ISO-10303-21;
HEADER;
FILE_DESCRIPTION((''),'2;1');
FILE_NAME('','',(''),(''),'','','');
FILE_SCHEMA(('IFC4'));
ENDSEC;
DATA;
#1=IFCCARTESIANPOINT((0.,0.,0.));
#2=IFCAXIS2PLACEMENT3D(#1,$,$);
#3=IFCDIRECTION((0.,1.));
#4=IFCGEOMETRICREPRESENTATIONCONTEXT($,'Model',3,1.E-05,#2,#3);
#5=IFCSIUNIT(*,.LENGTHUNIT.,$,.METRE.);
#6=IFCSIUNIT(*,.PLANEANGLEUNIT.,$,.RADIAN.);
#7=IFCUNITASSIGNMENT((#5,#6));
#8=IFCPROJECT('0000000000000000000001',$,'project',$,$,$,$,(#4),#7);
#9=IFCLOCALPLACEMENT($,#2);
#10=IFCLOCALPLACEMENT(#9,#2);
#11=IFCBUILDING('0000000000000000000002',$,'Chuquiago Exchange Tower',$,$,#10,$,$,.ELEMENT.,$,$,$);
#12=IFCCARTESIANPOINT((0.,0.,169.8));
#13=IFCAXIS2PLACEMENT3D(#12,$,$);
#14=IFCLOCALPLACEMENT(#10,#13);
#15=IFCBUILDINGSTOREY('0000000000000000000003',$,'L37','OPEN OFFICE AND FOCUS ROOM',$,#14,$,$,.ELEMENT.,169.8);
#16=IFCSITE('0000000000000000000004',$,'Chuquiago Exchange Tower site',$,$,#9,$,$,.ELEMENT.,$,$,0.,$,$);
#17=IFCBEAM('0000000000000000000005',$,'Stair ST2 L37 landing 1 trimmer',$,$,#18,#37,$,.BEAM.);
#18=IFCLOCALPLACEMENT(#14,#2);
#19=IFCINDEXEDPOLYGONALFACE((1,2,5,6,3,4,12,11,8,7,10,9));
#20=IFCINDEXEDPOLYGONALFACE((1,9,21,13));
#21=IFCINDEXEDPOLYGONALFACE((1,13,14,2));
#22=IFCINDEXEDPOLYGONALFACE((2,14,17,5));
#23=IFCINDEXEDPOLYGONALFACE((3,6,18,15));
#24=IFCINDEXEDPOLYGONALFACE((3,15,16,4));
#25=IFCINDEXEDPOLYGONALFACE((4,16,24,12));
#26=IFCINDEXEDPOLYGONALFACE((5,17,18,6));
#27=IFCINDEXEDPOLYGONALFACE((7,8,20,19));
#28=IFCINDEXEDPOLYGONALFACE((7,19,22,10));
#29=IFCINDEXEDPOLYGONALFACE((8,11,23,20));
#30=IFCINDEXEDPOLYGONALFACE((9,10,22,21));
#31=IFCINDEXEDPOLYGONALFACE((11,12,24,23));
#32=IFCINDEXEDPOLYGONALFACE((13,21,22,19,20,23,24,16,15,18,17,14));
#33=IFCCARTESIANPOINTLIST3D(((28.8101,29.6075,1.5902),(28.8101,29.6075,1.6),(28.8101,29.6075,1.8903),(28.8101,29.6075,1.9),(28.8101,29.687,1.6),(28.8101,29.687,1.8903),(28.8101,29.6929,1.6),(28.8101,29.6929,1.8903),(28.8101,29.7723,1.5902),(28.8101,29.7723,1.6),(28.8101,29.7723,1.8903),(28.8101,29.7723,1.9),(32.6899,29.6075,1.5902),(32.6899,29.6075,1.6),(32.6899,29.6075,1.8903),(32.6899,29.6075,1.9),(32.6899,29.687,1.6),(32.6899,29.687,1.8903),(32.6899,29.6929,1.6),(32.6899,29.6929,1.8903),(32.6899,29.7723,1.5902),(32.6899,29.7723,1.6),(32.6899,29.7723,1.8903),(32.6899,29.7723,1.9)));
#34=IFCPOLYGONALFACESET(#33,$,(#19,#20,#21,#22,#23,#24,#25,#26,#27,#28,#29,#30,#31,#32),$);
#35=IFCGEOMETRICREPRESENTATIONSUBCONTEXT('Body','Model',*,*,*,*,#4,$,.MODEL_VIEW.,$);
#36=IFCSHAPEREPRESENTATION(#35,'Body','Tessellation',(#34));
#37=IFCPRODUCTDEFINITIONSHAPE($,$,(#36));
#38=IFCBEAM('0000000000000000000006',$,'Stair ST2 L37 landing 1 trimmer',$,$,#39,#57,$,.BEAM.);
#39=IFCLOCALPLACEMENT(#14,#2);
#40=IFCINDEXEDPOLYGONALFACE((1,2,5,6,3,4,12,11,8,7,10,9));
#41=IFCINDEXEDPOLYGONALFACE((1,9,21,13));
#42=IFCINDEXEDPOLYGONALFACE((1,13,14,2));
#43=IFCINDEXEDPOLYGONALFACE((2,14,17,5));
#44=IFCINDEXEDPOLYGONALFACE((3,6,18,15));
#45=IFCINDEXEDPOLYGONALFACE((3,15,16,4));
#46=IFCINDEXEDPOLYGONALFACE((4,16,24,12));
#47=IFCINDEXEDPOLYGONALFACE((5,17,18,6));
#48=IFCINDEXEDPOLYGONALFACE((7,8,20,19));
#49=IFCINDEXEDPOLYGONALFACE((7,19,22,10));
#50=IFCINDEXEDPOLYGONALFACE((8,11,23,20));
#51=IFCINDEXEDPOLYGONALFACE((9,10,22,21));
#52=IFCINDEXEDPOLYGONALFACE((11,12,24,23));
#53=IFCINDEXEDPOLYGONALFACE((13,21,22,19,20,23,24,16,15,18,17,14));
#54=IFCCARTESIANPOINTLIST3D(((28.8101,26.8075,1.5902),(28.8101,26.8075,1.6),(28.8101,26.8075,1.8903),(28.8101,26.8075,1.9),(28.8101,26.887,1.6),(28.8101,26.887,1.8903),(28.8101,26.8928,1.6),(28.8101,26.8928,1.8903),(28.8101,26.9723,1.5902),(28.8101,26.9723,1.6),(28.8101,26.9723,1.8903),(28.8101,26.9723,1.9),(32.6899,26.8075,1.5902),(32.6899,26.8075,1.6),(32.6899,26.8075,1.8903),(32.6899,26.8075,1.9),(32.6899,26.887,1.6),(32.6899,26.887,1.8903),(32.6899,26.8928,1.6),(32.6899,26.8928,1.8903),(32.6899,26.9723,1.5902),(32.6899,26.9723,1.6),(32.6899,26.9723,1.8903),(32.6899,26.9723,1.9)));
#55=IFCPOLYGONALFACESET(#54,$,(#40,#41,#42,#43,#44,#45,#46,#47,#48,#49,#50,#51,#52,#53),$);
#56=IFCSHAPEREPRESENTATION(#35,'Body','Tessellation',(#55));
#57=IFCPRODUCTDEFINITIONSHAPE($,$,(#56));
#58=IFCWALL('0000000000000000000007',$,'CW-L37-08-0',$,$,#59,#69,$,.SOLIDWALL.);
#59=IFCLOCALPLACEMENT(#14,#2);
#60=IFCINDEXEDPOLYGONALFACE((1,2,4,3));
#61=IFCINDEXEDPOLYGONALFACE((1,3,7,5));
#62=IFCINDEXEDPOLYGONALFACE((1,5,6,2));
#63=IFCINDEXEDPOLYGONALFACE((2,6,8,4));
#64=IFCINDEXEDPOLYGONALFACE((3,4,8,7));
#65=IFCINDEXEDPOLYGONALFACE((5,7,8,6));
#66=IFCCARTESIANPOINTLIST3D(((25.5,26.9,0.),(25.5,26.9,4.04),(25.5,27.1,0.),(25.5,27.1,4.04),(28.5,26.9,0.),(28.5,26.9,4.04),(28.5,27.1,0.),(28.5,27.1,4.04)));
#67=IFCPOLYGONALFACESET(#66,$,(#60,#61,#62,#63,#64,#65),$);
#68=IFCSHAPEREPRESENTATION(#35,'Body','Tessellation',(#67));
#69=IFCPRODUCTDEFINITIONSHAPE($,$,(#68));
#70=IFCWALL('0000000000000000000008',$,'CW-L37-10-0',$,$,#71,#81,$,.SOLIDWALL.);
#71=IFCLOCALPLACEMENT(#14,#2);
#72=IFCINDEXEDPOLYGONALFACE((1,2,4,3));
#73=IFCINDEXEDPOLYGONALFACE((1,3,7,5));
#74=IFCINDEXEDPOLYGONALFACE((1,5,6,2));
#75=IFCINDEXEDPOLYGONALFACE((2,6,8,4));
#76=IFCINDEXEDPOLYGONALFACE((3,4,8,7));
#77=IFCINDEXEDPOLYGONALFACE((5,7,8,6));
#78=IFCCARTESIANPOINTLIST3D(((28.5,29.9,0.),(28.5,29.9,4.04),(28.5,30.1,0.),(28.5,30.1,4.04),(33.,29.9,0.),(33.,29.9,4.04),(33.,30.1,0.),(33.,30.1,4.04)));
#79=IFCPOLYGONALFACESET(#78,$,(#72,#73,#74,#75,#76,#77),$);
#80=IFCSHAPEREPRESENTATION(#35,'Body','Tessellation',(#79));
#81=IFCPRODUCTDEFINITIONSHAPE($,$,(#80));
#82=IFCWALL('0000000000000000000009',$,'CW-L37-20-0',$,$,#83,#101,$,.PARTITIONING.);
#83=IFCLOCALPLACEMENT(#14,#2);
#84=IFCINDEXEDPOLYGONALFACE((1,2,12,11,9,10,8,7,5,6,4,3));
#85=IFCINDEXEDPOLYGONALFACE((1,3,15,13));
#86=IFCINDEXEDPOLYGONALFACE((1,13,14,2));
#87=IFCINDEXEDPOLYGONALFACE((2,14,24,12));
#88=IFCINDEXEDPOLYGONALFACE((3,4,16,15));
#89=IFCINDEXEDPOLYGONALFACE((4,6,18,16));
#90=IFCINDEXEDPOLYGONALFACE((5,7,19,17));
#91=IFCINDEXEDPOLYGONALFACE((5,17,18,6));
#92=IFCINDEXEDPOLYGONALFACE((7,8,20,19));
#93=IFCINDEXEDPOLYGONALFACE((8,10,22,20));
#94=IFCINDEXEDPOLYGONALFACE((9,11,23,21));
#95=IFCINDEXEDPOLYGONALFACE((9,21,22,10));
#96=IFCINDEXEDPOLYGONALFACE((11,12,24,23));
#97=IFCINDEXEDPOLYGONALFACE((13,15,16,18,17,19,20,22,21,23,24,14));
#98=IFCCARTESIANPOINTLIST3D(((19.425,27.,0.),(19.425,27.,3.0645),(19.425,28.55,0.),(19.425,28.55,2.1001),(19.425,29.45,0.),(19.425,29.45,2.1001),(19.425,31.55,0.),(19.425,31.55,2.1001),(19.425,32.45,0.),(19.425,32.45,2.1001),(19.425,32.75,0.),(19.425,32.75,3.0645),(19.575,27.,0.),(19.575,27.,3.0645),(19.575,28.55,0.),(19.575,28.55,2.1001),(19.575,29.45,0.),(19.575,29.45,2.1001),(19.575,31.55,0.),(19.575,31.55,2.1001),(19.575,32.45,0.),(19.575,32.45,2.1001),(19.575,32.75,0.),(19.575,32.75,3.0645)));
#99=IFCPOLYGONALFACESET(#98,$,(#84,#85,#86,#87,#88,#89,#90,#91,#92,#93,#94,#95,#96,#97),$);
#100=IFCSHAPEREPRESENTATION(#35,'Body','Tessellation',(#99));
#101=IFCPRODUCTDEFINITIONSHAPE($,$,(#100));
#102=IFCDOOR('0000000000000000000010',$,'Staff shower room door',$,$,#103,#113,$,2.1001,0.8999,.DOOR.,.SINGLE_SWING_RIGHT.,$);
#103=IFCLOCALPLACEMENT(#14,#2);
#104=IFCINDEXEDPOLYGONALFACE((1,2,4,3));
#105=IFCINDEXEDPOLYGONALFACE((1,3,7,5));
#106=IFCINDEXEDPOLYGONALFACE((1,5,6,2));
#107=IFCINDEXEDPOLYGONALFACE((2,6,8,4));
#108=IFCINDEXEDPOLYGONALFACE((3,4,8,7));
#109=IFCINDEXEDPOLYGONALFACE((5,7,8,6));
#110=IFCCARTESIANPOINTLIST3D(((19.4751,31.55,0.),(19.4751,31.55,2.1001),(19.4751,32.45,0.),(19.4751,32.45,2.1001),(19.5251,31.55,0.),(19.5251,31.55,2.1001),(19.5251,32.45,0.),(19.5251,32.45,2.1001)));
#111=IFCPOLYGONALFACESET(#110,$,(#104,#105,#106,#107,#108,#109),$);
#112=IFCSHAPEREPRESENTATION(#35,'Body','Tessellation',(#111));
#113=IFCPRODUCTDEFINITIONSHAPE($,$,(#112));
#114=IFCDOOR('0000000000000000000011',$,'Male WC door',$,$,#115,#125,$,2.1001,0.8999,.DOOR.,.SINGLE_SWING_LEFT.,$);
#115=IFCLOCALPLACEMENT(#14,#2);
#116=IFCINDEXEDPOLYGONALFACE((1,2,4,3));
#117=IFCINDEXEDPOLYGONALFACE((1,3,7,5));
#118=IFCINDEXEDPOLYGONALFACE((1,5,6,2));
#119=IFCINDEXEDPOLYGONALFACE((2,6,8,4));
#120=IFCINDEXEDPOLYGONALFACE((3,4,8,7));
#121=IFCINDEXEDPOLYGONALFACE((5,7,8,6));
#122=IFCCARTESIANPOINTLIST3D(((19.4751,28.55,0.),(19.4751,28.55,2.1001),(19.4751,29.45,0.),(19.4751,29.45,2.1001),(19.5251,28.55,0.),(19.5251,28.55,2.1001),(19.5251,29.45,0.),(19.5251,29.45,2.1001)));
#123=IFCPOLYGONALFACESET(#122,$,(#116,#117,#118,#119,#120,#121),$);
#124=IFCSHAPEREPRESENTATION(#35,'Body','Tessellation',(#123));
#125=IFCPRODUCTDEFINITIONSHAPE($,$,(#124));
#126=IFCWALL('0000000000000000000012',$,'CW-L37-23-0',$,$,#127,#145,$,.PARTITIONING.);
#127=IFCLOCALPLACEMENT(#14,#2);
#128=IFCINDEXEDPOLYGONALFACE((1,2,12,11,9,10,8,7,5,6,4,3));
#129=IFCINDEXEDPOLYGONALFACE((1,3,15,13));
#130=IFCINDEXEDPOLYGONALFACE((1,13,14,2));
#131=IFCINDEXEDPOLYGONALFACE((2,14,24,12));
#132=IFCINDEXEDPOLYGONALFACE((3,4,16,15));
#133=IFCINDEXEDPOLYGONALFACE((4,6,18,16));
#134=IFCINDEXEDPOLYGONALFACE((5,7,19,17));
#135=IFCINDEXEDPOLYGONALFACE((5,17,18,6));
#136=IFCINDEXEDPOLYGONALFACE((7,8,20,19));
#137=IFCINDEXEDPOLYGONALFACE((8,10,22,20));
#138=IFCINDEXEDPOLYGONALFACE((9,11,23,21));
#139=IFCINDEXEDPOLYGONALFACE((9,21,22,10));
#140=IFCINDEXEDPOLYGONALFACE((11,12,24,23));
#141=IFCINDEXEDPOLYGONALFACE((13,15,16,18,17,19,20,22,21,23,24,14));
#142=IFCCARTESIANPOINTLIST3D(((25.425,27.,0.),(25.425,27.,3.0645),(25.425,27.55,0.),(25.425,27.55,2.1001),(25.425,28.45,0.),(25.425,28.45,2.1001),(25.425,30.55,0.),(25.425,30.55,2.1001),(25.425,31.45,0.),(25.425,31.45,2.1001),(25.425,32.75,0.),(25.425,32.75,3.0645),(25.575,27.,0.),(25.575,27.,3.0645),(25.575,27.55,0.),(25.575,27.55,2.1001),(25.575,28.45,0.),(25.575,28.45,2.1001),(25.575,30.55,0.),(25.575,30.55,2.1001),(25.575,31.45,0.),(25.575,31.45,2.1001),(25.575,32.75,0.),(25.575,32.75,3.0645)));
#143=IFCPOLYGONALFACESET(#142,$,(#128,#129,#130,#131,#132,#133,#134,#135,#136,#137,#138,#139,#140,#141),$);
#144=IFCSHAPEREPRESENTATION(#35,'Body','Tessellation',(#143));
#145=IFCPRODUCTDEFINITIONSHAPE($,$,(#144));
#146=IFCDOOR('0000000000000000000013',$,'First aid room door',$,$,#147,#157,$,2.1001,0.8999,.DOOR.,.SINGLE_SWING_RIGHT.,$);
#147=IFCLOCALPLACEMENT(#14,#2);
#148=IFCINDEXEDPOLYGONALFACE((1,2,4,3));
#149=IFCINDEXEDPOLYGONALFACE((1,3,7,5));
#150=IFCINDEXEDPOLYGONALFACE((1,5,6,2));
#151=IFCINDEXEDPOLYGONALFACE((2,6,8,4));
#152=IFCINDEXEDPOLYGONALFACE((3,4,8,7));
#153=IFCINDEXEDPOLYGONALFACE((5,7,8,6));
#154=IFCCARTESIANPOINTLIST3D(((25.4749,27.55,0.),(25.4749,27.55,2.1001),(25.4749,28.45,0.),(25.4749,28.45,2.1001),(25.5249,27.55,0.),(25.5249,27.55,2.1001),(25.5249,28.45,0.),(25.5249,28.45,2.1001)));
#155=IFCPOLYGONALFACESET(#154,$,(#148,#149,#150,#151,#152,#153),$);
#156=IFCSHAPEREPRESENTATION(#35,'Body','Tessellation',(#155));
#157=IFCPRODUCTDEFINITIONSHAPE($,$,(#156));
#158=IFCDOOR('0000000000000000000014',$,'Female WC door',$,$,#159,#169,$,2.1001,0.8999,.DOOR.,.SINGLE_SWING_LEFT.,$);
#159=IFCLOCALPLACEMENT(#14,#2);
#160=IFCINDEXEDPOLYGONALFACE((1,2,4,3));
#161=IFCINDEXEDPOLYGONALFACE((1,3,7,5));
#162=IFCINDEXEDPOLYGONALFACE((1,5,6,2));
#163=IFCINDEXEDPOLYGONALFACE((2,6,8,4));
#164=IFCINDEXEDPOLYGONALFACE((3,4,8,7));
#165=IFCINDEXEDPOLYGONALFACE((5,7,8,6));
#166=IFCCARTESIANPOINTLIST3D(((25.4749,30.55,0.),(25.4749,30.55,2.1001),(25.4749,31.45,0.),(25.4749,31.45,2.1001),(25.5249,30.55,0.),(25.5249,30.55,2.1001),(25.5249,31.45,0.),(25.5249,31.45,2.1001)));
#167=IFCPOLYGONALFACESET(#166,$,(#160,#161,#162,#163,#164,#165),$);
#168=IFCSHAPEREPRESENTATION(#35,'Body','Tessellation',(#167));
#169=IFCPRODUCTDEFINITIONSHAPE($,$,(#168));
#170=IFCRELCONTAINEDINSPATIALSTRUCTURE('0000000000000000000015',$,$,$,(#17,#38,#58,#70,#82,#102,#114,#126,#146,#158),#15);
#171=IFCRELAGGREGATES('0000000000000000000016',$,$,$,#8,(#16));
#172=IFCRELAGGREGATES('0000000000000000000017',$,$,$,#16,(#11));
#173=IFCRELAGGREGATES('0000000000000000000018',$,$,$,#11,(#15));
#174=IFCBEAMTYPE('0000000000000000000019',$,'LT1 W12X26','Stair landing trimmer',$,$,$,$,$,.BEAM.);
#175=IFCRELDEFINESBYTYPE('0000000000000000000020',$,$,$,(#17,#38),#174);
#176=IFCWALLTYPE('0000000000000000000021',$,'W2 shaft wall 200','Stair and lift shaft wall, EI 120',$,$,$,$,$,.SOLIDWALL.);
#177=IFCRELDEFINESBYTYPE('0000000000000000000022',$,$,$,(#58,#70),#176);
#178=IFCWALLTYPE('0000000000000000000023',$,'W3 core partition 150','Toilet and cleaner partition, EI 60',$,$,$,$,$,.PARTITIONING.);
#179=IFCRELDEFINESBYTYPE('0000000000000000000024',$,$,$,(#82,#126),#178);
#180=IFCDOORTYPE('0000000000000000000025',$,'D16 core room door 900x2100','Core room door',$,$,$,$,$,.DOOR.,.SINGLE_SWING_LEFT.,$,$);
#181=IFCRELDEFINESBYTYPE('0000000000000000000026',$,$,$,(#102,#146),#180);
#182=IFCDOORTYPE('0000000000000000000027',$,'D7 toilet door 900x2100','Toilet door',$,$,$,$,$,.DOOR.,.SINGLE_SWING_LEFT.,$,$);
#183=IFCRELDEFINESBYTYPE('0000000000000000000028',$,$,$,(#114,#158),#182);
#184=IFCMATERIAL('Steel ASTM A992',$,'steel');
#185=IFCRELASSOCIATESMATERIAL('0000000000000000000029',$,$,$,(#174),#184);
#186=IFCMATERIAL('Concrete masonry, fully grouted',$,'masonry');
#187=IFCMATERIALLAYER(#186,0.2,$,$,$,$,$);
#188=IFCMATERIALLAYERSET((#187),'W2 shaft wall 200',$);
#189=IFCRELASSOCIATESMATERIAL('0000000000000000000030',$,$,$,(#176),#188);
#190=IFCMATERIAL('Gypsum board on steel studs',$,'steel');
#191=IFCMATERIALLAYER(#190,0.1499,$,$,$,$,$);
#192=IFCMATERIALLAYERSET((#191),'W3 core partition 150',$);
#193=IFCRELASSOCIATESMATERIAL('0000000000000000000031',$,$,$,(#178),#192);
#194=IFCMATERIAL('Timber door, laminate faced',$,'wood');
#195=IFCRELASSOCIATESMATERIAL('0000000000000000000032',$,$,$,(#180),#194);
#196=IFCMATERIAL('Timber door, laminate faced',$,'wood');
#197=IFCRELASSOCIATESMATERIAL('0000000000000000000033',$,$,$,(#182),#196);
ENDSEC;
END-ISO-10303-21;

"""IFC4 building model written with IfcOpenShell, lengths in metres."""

from ifc_helpers import new_model, si_unit, direction, frame, frame_2d, origin, origin_2d, place, context, subcontext, project, spatial, rectangle, i_section, extrude, material, layer, layer_set, material_profile, profile_set, type_object, element, fill, save


model = new_model("IFC4")

# Units and contexts
model_context = context("Model", 3, precision=1e-05, world=origin(), true_north=direction((0.0, 1.0)))
body_context = subcontext(model_context, "Body", "Model", "MODEL_VIEW")
ifc_project = project(units=[si_unit("LENGTHUNIT", "METRE"), si_unit("PLANEANGLEUNIT", "RADIAN")], contexts=[model_context])

# Site, building, storey
site_placement = place(None, origin())
site = spatial("IfcSite", under=ifc_project, at=site_placement, Name="Chuquiago Exchange Tower site", CompositionType="ELEMENT", RefElevation=0.0)
building_placement = place(site_placement, origin())
building = spatial("IfcBuilding", under=site, at=building_placement, Name="Chuquiago Exchange Tower", CompositionType="ELEMENT")
storey_placement = place(building_placement, frame((0.0, 0.0, 169.8)))
storey = spatial("IfcBuildingStorey", under=building, at=storey_placement, Name="L37", Description="OPEN OFFICE AND FOCUS ROOM", CompositionType="ELEMENT", Elevation=169.8)

# Beams
ifc_material_1 = material(Name="Steel ASTM A992", Category="steel")
ifc_material_profile_1 = material_profile(ifc_material_1, i_section(OverallWidth=0.1648, OverallDepth=0.3098, WebThickness=0.0059, FlangeThickness=0.0098, at=origin_2d()), Name="W12X26")
ifc_profile_set_1 = profile_set([ifc_material_profile_1], Name="Steel ASTM A992")
beam_type_1 = type_object("IfcBeamType", Name="LT1 W12X26", Description="Stair landing trimmer", PredefinedType="BEAM", material=ifc_profile_set_1)
for number, where, z_axis, x_axis, name in (
    (1, (28.8101, 29.6899, 1.7451), (1.0, 0.0, 0.0), (0.0, 1.0, 0.0), "Stair ST2 L37 landing 1 trimmer"),
    (2, (28.8101, 26.8899, 1.7451), (1.0, 0.0, 0.0), (0.0, 1.0, 0.0), "Stair ST2 L37 landing 1 trimmer"),
):
    element("IfcBeam", number, at=place(storey_placement, frame(where, z_axis=z_axis, x_axis=x_axis)), inside=storey, type_object=beam_type_1, Name=name, PredefinedType="BEAM", context=body_context, shape_type="SweptSolid", body=[
        extrude(i_section(OverallWidth=0.1648, OverallDepth=0.3098, WebThickness=0.0059, FlangeThickness=0.0098, at=origin_2d()), origin(), (0.0, 0.0, 1.0), 3.8799),
    ])

# Walls
ifc_material_2 = material(Name="Concrete masonry, fully grouted", Category="masonry")
ifc_layer_1 = layer(ifc_material_2, 0.2)
ifc_layer_set_1 = layer_set([ifc_layer_1], Name="W2 shaft wall 200")
wall_type_1 = type_object("IfcWallType", Name="W2 shaft wall 200", Description="Stair and lift shaft wall, EI 120", PredefinedType="SOLIDWALL", material=ifc_layer_set_1)
wall_1_placement = place(storey_placement, frame((25.5, 27.0, 0.0), z_axis=(0.0, 0.0, 1.0), x_axis=(1.0, 0.0, 0.0)))
element("IfcWall", 3, at=wall_1_placement, inside=storey, type_object=wall_type_1, Name="CW-L37-08-0", PredefinedType="SOLIDWALL", context=body_context, shape_type="SweptSolid", body=[
    extrude(rectangle(XDim=3.0, YDim=0.2, at=frame_2d((1.5, 0.0))), origin(), (0.0, 0.0, 1.0), 4.04),
])
wall_2_placement = place(storey_placement, frame((28.5, 30.0, 0.0), z_axis=(0.0, 0.0, 1.0), x_axis=(1.0, 0.0, 0.0)))
element("IfcWall", 4, at=wall_2_placement, inside=storey, type_object=wall_type_1, Name="CW-L37-10-0", PredefinedType="SOLIDWALL", context=body_context, shape_type="SweptSolid", body=[
    extrude(rectangle(XDim=4.5, YDim=0.2, at=frame_2d((2.25, 0.0))), origin(), (0.0, 0.0, 1.0), 4.04),
])

# Walls, openings, doors
ifc_material_3 = material(Name="Gypsum board on steel studs", Category="steel")
ifc_layer_2 = layer(ifc_material_3, 0.1499)
ifc_layer_set_2 = layer_set([ifc_layer_2], Name="W3 core partition 150")
wall_type_2 = type_object("IfcWallType", Name="W3 core partition 150", Description="Toilet and cleaner partition, EI 60", PredefinedType="PARTITIONING", material=ifc_layer_set_2)
wall_3_placement = place(storey_placement, frame((19.5, 27.0, 0.0), z_axis=(0.0, 0.0, 1.0), x_axis=(0.0, 1.0, 0.0)))
wall_3 = element("IfcWall", 5, at=wall_3_placement, inside=storey, type_object=wall_type_2, Name="CW-L37-20-0", PredefinedType="PARTITIONING", context=body_context, shape_type="SweptSolid", body=[
    extrude(rectangle(XDim=5.75, YDim=0.1499, at=frame_2d((2.875, 0.0))), origin(), (0.0, 0.0, 1.0), 3.0645),
])
opening_1_placement = place(wall_3_placement, frame((1.55, 0.0, 0.0)))
opening_1 = element("IfcOpeningElement", 6, at=opening_1_placement, cuts=wall_3, PredefinedType="OPENING", context=body_context, shape_type="SweptSolid", body=[
    extrude(rectangle(XDim=0.8999, YDim=2.1001, at=frame_2d((0.45, 1.05))), frame((0.0, 0.085, 0.0), z_axis=(0.0, -1.0, 0.0), x_axis=(1.0, 0.0, 0.0)), (0.0, 0.0, 1.0), 0.1699),
])
opening_2_placement = place(wall_3_placement, frame((4.55, 0.0, 0.0)))
opening_2 = element("IfcOpeningElement", 7, at=opening_2_placement, cuts=wall_3, PredefinedType="OPENING", context=body_context, shape_type="SweptSolid", body=[
    extrude(rectangle(XDim=0.8999, YDim=2.1001, at=frame_2d((0.45, 1.05))), frame((0.0, 0.085, 0.0), z_axis=(0.0, -1.0, 0.0), x_axis=(1.0, 0.0, 0.0)), (0.0, 0.0, 1.0), 0.1699),
])
ifc_material_4 = material(Name="Timber door, laminate faced", Category="wood")
door_type_1 = type_object("IfcDoorType", Name="D16 core room door 900x2100", Description="Core room door", OperationType="SINGLE_SWING_LEFT", PredefinedType="DOOR", material=ifc_material_4)
door_1_placement = place(opening_2_placement, origin())
door_1 = element("IfcDoor", 8, at=door_1_placement, inside=storey, type_object=door_type_1, Name="Staff shower room door", OperationType="SINGLE_SWING_RIGHT", OverallHeight=2.1001, OverallWidth=0.8999, PredefinedType="DOOR", context=body_context, shape_type="SweptSolid", body=[
    extrude(rectangle(XDim=0.8999, YDim=2.1001, at=frame_2d((0.45, 1.05))), frame((0.0, 0.0249, 0.0), z_axis=(0.0, -1.0, 0.0), x_axis=(1.0, 0.0, 0.0)), (0.0, 0.0, 1.0), 0.05),
])
fill(opening_2, door_1)
ifc_material_5 = material(Name="Timber door, laminate faced", Category="wood")
door_type_2 = type_object("IfcDoorType", Name="D7 toilet door 900x2100", Description="Toilet door", OperationType="SINGLE_SWING_LEFT", PredefinedType="DOOR", material=ifc_material_5)
door_2_placement = place(opening_1_placement, origin())
door_2 = element("IfcDoor", 9, at=door_2_placement, inside=storey, type_object=door_type_2, Name="Male WC door", OperationType="SINGLE_SWING_LEFT", OverallHeight=2.1001, OverallWidth=0.8999, PredefinedType="DOOR", context=body_context, shape_type="SweptSolid", body=[
    extrude(rectangle(XDim=0.8999, YDim=2.1001, at=frame_2d((0.45, 1.05))), frame((0.0, 0.0249, 0.0), z_axis=(0.0, -1.0, 0.0), x_axis=(1.0, 0.0, 0.0)), (0.0, 0.0, 1.0), 0.05),
])
fill(opening_1, door_2)
wall_4_placement = place(storey_placement, frame((25.5, 27.0, 0.0), z_axis=(0.0, 0.0, 1.0), x_axis=(0.0, 1.0, 0.0)))
wall_4 = element("IfcWall", 10, at=wall_4_placement, inside=storey, type_object=wall_type_2, Name="CW-L37-23-0", PredefinedType="PARTITIONING", context=body_context, shape_type="SweptSolid", body=[
    extrude(rectangle(XDim=5.75, YDim=0.1499, at=frame_2d((2.875, 0.0))), origin(), (0.0, 0.0, 1.0), 3.0645),
])
opening_3_placement = place(wall_4_placement, frame((0.55, 0.0, 0.0)))
opening_3 = element("IfcOpeningElement", 11, at=opening_3_placement, cuts=wall_4, PredefinedType="OPENING", context=body_context, shape_type="SweptSolid", body=[
    extrude(rectangle(XDim=0.8999, YDim=2.1001, at=frame_2d((0.45, 1.05))), frame((0.0, 0.085, 0.0), z_axis=(0.0, -1.0, 0.0), x_axis=(1.0, 0.0, 0.0)), (0.0, 0.0, 1.0), 0.1699),
])
opening_4_placement = place(wall_4_placement, frame((3.55, 0.0, 0.0)))
opening_4 = element("IfcOpeningElement", 12, at=opening_4_placement, cuts=wall_4, PredefinedType="OPENING", context=body_context, shape_type="SweptSolid", body=[
    extrude(rectangle(XDim=0.8999, YDim=2.1001, at=frame_2d((0.45, 1.05))), frame((0.0, 0.085, 0.0), z_axis=(0.0, -1.0, 0.0), x_axis=(1.0, 0.0, 0.0)), (0.0, 0.0, 1.0), 0.1699),
])
door_3_placement = place(opening_3_placement, frame((0.8999, 0.0, 0.0), z_axis=(0.0, 0.0, 1.0), x_axis=(-1.0, 0.0, 0.0)))
door_3 = element("IfcDoor", 13, at=door_3_placement, inside=storey, type_object=door_type_1, Name="First aid room door", OperationType="SINGLE_SWING_RIGHT", OverallHeight=2.1001, OverallWidth=0.8999, PredefinedType="DOOR", context=body_context, shape_type="SweptSolid", body=[
    extrude(rectangle(XDim=0.8999, YDim=2.1001, at=frame_2d((0.45, 1.05))), frame((0.0, 0.0249, 0.0), z_axis=(0.0, -1.0, 0.0), x_axis=(1.0, 0.0, 0.0)), (0.0, 0.0, 1.0), 0.05),
])
fill(opening_3, door_3)
door_4_placement = place(opening_4_placement, frame((0.8999, 0.0, 0.0), z_axis=(0.0, 0.0, 1.0), x_axis=(-1.0, 0.0, 0.0)))
door_4 = element("IfcDoor", 14, at=door_4_placement, inside=storey, type_object=door_type_2, Name="Female WC door", OperationType="SINGLE_SWING_LEFT", OverallHeight=2.1001, OverallWidth=0.8999, PredefinedType="DOOR", context=body_context, shape_type="SweptSolid", body=[
    extrude(rectangle(XDim=0.8999, YDim=2.1001, at=frame_2d((0.45, 1.05))), frame((0.0, 0.0249, 0.0), z_axis=(0.0, -1.0, 0.0), x_axis=(1.0, 0.0, 0.0)), (0.0, 0.0, 1.0), 0.05),
])
fill(opening_4, door_4)

save(model, "model.ifc")
